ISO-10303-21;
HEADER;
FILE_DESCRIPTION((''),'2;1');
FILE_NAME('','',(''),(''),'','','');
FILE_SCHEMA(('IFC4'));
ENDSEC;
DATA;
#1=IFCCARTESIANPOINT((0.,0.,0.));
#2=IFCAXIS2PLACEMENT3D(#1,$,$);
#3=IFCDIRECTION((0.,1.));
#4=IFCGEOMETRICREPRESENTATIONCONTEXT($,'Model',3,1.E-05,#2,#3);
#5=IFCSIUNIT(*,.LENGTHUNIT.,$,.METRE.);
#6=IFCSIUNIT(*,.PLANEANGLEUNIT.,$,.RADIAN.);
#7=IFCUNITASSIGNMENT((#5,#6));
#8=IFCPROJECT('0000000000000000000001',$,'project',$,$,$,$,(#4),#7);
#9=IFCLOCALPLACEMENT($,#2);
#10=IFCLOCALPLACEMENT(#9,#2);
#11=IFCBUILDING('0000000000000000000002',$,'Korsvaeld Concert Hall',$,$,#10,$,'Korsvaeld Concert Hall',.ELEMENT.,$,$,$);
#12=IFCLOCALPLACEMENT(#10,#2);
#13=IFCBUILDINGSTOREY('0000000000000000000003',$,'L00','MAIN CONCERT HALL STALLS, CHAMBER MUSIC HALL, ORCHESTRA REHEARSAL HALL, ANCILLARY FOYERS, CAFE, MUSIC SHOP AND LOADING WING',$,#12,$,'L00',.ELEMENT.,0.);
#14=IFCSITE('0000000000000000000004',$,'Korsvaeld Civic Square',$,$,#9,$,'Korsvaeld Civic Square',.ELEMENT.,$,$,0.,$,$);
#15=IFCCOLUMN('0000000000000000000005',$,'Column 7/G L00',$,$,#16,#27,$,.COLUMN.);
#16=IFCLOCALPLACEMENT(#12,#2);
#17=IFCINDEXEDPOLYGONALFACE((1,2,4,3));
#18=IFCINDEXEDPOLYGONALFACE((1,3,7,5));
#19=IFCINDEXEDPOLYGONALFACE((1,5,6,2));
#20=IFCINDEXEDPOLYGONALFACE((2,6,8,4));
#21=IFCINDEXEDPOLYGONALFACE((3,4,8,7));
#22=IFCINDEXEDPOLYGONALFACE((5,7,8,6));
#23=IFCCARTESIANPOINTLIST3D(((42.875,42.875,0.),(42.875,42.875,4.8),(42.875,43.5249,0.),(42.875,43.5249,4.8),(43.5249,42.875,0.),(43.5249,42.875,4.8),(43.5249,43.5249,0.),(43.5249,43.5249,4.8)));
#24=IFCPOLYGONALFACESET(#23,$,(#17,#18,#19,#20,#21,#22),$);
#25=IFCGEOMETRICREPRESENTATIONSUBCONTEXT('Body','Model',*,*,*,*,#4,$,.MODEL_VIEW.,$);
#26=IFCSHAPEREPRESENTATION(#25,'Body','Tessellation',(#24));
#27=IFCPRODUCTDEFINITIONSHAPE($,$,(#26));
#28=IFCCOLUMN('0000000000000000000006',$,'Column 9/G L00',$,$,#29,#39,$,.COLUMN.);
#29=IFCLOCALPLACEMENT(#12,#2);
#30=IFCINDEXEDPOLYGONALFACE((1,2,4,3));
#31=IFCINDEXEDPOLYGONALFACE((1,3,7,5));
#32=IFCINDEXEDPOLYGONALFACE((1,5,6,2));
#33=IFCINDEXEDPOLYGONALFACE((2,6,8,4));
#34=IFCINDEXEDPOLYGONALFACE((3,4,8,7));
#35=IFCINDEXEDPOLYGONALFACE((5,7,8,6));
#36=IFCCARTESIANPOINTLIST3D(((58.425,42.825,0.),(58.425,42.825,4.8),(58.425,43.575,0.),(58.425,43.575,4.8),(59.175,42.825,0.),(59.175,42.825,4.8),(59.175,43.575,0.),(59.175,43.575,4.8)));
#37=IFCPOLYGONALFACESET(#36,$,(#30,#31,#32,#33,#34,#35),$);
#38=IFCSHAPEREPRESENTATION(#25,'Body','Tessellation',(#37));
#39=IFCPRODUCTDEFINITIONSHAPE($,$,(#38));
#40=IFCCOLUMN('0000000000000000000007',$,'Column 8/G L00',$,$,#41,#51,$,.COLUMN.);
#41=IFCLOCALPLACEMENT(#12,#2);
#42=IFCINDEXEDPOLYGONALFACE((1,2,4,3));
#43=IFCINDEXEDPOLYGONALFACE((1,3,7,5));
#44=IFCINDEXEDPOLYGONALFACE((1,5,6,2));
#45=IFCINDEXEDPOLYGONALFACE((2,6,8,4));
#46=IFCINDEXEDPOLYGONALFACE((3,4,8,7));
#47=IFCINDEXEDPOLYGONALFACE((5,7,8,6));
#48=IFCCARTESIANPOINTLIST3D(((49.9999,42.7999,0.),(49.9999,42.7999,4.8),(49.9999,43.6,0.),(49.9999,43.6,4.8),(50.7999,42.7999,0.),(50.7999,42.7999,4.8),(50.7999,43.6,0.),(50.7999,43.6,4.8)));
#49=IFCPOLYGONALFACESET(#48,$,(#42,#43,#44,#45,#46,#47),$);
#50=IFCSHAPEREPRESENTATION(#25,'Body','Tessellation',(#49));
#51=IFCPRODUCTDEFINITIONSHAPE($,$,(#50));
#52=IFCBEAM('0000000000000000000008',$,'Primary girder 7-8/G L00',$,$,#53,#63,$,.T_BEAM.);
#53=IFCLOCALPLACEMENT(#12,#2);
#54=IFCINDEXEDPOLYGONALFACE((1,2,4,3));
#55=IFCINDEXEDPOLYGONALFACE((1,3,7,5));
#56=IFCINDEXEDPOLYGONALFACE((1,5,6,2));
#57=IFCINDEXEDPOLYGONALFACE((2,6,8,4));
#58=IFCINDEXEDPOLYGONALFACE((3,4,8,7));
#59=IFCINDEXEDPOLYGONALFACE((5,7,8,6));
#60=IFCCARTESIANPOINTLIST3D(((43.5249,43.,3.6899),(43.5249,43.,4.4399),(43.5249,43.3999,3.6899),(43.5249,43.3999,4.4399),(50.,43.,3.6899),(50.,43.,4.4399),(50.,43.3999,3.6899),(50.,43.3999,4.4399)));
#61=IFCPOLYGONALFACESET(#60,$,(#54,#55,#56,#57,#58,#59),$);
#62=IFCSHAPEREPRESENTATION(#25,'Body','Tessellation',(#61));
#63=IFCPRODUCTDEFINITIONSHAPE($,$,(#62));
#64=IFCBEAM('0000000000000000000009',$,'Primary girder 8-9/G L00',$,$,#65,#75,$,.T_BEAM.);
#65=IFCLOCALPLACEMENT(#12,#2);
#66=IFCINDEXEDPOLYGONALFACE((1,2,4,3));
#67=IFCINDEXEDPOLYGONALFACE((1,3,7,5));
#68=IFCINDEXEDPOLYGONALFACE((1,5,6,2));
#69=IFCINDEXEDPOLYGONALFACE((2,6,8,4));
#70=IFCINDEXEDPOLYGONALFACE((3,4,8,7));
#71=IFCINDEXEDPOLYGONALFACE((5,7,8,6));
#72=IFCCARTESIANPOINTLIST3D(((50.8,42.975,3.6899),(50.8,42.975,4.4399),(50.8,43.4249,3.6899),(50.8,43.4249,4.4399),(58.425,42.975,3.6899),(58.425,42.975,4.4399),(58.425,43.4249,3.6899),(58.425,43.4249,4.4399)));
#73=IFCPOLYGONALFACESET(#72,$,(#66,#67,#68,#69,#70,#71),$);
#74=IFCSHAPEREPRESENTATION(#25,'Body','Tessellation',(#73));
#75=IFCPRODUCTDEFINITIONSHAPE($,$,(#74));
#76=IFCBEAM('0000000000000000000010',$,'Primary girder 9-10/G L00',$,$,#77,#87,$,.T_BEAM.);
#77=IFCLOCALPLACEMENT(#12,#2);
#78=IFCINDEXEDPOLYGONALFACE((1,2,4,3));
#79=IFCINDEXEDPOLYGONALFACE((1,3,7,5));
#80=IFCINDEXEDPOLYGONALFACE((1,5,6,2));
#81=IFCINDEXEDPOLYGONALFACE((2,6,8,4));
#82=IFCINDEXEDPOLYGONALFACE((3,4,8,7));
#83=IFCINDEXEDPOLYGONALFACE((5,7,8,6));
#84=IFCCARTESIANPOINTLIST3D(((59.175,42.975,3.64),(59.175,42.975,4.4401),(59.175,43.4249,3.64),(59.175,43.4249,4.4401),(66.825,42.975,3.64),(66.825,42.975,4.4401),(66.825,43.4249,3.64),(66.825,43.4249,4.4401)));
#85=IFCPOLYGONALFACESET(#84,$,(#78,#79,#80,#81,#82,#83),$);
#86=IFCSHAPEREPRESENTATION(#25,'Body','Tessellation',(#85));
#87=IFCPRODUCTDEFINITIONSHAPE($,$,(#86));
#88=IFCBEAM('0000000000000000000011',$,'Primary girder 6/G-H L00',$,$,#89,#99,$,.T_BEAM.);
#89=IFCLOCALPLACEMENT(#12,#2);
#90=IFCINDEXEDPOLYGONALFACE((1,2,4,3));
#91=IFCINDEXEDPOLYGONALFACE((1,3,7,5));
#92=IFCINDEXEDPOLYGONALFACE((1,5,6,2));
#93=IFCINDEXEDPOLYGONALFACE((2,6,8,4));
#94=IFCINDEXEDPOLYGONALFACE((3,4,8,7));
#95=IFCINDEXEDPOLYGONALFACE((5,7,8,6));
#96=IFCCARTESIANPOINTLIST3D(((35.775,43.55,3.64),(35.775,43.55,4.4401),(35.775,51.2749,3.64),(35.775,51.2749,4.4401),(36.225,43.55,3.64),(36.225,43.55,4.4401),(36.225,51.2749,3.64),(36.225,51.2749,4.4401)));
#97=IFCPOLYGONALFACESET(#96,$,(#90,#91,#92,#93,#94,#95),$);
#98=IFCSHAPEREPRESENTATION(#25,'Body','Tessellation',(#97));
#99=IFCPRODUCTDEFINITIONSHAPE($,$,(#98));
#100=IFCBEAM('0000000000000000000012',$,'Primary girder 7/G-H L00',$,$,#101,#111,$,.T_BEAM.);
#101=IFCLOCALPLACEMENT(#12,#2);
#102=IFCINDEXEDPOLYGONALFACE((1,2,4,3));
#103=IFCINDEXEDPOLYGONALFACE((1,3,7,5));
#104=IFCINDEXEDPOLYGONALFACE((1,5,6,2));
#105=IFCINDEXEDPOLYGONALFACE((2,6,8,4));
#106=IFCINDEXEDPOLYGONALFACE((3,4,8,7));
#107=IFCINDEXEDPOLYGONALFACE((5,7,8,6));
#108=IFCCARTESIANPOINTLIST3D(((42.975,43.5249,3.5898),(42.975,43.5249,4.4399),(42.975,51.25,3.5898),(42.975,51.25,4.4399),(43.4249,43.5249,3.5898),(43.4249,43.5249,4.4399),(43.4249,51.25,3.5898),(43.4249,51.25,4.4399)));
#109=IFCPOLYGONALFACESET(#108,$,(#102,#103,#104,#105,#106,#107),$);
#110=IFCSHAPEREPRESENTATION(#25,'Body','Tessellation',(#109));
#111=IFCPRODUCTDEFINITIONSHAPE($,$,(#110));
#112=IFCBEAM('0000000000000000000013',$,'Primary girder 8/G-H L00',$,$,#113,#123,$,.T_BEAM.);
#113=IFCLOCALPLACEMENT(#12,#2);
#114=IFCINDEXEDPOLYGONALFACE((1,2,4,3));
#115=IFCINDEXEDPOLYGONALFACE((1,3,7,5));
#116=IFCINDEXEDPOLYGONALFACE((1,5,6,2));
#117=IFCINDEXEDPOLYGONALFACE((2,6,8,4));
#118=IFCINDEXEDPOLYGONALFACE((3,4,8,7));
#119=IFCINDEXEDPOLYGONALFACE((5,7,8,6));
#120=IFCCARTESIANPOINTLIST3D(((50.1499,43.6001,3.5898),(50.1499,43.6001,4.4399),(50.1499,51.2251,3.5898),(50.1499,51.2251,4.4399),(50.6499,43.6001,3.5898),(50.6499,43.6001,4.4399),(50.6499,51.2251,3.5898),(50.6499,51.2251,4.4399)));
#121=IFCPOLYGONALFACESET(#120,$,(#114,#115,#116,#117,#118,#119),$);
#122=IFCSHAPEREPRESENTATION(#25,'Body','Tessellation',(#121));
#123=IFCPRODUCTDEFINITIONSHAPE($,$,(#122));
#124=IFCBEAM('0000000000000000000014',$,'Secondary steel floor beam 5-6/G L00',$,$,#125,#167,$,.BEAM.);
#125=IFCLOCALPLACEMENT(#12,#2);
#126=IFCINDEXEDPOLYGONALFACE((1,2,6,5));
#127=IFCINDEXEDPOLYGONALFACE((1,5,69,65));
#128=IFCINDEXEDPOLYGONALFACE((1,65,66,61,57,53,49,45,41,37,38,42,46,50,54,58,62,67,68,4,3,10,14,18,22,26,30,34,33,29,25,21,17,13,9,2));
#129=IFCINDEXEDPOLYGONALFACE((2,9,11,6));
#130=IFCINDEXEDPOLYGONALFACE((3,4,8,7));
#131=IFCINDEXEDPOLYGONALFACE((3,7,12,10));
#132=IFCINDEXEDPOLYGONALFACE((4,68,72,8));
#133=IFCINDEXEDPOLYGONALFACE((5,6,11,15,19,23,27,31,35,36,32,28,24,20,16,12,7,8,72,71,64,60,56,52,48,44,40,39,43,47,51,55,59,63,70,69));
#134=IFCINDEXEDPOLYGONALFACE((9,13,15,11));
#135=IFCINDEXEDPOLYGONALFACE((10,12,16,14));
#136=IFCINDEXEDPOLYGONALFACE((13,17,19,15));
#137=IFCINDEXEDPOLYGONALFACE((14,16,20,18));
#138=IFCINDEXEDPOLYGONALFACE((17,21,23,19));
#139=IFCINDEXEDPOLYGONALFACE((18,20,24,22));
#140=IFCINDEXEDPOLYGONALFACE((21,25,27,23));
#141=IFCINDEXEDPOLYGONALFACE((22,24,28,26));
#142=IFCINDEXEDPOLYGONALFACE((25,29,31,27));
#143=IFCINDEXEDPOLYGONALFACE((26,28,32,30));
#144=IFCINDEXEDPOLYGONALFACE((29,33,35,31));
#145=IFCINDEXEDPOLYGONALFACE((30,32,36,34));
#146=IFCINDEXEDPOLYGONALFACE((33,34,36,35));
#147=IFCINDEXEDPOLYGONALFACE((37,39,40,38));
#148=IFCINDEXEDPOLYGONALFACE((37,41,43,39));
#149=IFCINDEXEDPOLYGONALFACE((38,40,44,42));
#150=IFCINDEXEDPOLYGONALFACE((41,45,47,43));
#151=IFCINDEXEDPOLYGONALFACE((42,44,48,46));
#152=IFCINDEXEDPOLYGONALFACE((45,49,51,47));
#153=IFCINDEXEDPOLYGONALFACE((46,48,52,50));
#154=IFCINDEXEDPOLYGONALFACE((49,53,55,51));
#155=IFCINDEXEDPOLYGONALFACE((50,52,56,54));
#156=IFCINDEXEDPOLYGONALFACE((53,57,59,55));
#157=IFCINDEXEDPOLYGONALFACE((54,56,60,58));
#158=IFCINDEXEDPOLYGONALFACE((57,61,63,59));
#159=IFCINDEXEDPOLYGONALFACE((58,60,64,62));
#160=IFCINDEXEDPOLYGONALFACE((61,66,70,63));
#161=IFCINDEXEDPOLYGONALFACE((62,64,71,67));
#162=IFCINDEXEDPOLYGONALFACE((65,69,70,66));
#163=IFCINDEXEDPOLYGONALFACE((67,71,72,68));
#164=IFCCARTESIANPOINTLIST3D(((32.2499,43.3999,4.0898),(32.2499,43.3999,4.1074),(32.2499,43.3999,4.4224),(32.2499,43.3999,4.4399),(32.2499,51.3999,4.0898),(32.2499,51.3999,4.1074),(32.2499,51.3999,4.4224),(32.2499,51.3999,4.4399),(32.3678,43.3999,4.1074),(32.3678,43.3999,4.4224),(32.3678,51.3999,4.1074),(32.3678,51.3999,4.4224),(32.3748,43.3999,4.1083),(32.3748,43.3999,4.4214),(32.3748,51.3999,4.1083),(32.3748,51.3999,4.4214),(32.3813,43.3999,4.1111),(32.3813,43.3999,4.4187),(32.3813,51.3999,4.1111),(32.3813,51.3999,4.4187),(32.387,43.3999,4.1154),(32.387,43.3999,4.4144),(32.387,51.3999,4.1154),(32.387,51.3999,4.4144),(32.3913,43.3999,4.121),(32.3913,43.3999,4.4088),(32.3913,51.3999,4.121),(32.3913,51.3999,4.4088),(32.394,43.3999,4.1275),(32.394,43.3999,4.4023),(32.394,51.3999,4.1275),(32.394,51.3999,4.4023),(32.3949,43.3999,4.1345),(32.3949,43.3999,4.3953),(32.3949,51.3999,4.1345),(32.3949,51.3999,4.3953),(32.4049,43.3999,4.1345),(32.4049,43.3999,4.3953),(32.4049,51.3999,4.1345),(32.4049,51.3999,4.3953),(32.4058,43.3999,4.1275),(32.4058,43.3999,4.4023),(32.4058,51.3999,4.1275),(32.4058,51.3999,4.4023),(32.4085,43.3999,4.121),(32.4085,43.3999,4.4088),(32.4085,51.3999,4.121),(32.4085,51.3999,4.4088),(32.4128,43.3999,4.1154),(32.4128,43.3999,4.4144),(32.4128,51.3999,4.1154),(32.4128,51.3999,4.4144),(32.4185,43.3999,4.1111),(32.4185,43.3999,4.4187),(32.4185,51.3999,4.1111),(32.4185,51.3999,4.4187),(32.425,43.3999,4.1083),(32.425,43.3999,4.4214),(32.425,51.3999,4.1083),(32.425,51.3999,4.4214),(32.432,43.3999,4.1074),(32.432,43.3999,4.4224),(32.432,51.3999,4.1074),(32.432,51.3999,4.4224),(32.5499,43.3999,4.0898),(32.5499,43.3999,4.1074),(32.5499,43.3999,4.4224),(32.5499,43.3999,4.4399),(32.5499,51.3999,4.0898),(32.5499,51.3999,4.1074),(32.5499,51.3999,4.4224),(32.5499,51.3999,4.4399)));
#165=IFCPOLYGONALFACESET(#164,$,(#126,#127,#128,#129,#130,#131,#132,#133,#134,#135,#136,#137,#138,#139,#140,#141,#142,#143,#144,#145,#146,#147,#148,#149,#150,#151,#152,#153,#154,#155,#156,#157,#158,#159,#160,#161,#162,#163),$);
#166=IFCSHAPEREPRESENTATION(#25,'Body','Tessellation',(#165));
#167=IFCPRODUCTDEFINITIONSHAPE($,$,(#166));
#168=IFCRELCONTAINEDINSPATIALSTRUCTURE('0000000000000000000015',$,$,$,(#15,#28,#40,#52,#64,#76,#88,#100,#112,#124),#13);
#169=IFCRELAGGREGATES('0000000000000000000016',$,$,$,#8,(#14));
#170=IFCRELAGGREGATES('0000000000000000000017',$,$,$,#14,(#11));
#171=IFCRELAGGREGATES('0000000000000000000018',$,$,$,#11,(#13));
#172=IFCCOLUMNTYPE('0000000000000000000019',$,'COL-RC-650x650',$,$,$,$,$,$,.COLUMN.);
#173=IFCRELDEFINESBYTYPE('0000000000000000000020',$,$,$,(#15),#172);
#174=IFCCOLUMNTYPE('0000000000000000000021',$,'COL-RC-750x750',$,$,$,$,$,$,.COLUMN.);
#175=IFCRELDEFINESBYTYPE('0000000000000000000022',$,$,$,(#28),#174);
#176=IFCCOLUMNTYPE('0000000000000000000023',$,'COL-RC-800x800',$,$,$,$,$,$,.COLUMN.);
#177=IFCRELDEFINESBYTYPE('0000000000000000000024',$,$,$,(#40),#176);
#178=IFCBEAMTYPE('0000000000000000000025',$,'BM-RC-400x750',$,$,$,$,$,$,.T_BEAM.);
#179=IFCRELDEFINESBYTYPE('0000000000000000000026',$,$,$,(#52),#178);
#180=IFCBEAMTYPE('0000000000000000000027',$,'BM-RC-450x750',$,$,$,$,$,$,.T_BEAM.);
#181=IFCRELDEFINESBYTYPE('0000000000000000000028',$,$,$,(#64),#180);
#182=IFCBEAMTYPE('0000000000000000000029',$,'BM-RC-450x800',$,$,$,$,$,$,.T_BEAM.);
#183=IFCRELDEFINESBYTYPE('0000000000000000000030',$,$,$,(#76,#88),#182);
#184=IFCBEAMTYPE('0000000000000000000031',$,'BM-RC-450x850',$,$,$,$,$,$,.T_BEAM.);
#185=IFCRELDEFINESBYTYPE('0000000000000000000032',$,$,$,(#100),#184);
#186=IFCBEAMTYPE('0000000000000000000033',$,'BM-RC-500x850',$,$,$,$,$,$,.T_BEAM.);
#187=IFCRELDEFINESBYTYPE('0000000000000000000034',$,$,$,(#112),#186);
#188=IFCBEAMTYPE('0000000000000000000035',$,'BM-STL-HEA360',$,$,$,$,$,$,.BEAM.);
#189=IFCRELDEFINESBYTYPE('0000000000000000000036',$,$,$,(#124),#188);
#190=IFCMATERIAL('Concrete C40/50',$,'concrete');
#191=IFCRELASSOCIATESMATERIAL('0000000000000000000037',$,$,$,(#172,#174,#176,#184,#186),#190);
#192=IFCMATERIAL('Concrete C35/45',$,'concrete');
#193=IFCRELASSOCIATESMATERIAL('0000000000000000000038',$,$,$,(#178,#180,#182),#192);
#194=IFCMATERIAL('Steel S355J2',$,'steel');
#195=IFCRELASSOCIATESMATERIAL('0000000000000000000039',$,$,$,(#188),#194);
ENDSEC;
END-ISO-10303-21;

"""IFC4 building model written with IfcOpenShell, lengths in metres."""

from ifc_helpers import new_model, si_unit, direction, frame, origin, origin_2d, place, context, subcontext, project, spatial, rectangle, i_section, extrude, material, material_profile, profile_set, type_object, element, save


model = new_model("IFC4")

# Units and contexts
model_context = context("Model", 3, precision=1e-05, world=origin(), true_north=direction((0.0, 1.0)))
body_context = subcontext(model_context, "Body", "Model", "MODEL_VIEW")
ifc_project = project(units=[si_unit("LENGTHUNIT", "METRE"), si_unit("PLANEANGLEUNIT", "RADIAN")], contexts=[model_context])

# Site, building, storey
site_placement = place(None, origin())
site = spatial("IfcSite", under=ifc_project, at=site_placement, Name="Korsvaeld Civic Square", LongName="Korsvaeld Civic Square", CompositionType="ELEMENT", RefElevation=0.0)
building_placement = place(site_placement, origin())
building = spatial("IfcBuilding", under=site, at=building_placement, Name="Korsvaeld Concert Hall", LongName="Korsvaeld Concert Hall", CompositionType="ELEMENT")
storey_placement = place(building_placement, origin())
storey = spatial("IfcBuildingStorey", under=building, at=storey_placement, Name="L00", Description="MAIN CONCERT HALL STALLS, CHAMBER MUSIC HALL, ORCHESTRA REHEARSAL HALL, ANCILLARY FOYERS, CAFE, MUSIC SHOP AND LOADING WING", LongName="L00", CompositionType="ELEMENT", Elevation=0.0)

# Columns
ifc_material_1 = material(Name="Concrete C40/50", Category="concrete")
ifc_material_profile_1 = material_profile(ifc_material_1, rectangle(XDim=0.6499, YDim=0.6499, at=origin_2d()), Name="RC 650x650")
ifc_profile_set_1 = profile_set([ifc_material_profile_1], Name="Concrete C40/50")
column_type_1 = type_object("IfcColumnType", Name="COL-RC-650x650", PredefinedType="COLUMN", material=ifc_profile_set_1)
column_1_placement = place(storey_placement, frame((43.2, 43.2, 0.0), z_axis=(0.0, 0.0, 1.0), x_axis=(1.0, 0.0, 0.0)))
element("IfcColumn", 1, at=column_1_placement, inside=storey, type_object=column_type_1, Name="Column 7/G L00", PredefinedType="COLUMN", context=body_context, shape_type="SweptSolid", body=[
    extrude(rectangle(XDim=0.6499, YDim=0.6499, at=origin_2d()), origin(), (0.0, 0.0, 1.0), 4.8),
])
ifc_material_profile_2 = material_profile(ifc_material_1, rectangle(XDim=0.75, YDim=0.75, at=origin_2d()), Name="RC 750x750")
ifc_profile_set_2 = profile_set([ifc_material_profile_2], Name="Concrete C40/50")
column_type_2 = type_object("IfcColumnType", Name="COL-RC-750x750", PredefinedType="COLUMN", material=ifc_profile_set_2)
column_2_placement = place(storey_placement, frame((58.8, 43.2, 0.0), z_axis=(0.0, 0.0, 1.0), x_axis=(1.0, 0.0, 0.0)))
element("IfcColumn", 2, at=column_2_placement, inside=storey, type_object=column_type_2, Name="Column 9/G L00", PredefinedType="COLUMN", context=body_context, shape_type="SweptSolid", body=[
    extrude(rectangle(XDim=0.75, YDim=0.75, at=origin_2d()), origin(), (0.0, 0.0, 1.0), 4.8),
])
ifc_material_profile_3 = material_profile(ifc_material_1, rectangle(XDim=0.8, YDim=0.8, at=origin_2d()), Name="RC 800x800")
ifc_profile_set_3 = profile_set([ifc_material_profile_3], Name="Concrete C40/50")
column_type_3 = type_object("IfcColumnType", Name="COL-RC-800x800", PredefinedType="COLUMN", material=ifc_profile_set_3)
column_3_placement = place(storey_placement, frame((50.3999, 43.2, 0.0), z_axis=(0.0, 0.0, 1.0), x_axis=(1.0, 0.0, 0.0)))
element("IfcColumn", 3, at=column_3_placement, inside=storey, type_object=column_type_3, Name="Column 8/G L00", PredefinedType="COLUMN", context=body_context, shape_type="SweptSolid", body=[
    extrude(rectangle(XDim=0.8, YDim=0.8, at=origin_2d()), origin(), (0.0, 0.0, 1.0), 4.8),
])

# Beams
ifc_material_2 = material(Name="Concrete C35/45", Category="concrete")
ifc_material_profile_4 = material_profile(ifc_material_2, rectangle(XDim=0.3999, YDim=0.75, at=origin_2d()), Name="RC 400x750")
ifc_profile_set_4 = profile_set([ifc_material_profile_4], Name="Concrete C35/45")
beam_type_1 = type_object("IfcBeamType", Name="BM-RC-400x750", PredefinedType="T_BEAM", material=ifc_profile_set_4)
beam_1_placement = place(storey_placement, frame((43.5249, 43.2, 4.0649), z_axis=(1.0, 0.0, 0.0), x_axis=(0.0, 1.0, 0.0)))
element("IfcBeam", 4, at=beam_1_placement, inside=storey, type_object=beam_type_1, Name="Primary girder 7-8/G L00", PredefinedType="T_BEAM", context=body_context, shape_type="SweptSolid", body=[
    extrude(rectangle(XDim=0.3999, YDim=0.75, at=origin_2d()), origin(), (0.0, 0.0, 1.0), 6.4751),
])
ifc_material_profile_5 = material_profile(ifc_material_2, rectangle(XDim=0.45, YDim=0.75, at=origin_2d()), Name="RC 450x750")
ifc_profile_set_5 = profile_set([ifc_material_profile_5], Name="Concrete C35/45")
beam_type_2 = type_object("IfcBeamType", Name="BM-RC-450x750", PredefinedType="T_BEAM", material=ifc_profile_set_5)
beam_2_placement = place(storey_placement, frame((50.8, 43.2, 4.0649), z_axis=(1.0, 0.0, 0.0), x_axis=(0.0, 1.0, 0.0)))
element("IfcBeam", 5, at=beam_2_placement, inside=storey, type_object=beam_type_2, Name="Primary girder 8-9/G L00", PredefinedType="T_BEAM", context=body_context, shape_type="SweptSolid", body=[
    extrude(rectangle(XDim=0.45, YDim=0.75, at=origin_2d()), origin(), (0.0, 0.0, 1.0), 7.625),
])
ifc_material_profile_6 = material_profile(ifc_material_2, rectangle(XDim=0.45, YDim=0.8, at=origin_2d()), Name="RC 450x800")
ifc_profile_set_6 = profile_set([ifc_material_profile_6], Name="Concrete C35/45")
beam_type_3 = type_object("IfcBeamType", Name="BM-RC-450x800", PredefinedType="T_BEAM", material=ifc_profile_set_6)
beam_3_placement = place(storey_placement, frame((59.175, 43.2, 4.04), z_axis=(1.0, 0.0, 0.0), x_axis=(0.0, 1.0, 0.0)))
element("IfcBeam", 6, at=beam_3_placement, inside=storey, type_object=beam_type_3, Name="Primary girder 9-10/G L00", PredefinedType="T_BEAM", context=body_context, shape_type="SweptSolid", body=[
    extrude(rectangle(XDim=0.45, YDim=0.8, at=origin_2d()), origin(), (0.0, 0.0, 1.0), 7.6499),
])
beam_4_placement = place(storey_placement, frame((36.0, 43.55, 4.04), z_axis=(0.0, 1.0, 0.0), x_axis=(-1.0, 0.0, 0.0)))
element("IfcBeam", 7, at=beam_4_placement, inside=storey, type_object=beam_type_3, Name="Primary girder 6/G-H L00", PredefinedType="T_BEAM", context=body_context, shape_type="SweptSolid", body=[
    extrude(rectangle(XDim=0.45, YDim=0.8, at=origin_2d()), origin(), (0.0, 0.0, 1.0), 7.7249),
])
ifc_material_profile_7 = material_profile(ifc_material_1, rectangle(XDim=0.45, YDim=0.8501, at=origin_2d()), Name="RC 450x850")
ifc_profile_set_7 = profile_set([ifc_material_profile_7], Name="Concrete C40/50")
beam_type_4 = type_object("IfcBeamType", Name="BM-RC-450x850", PredefinedType="T_BEAM", material=ifc_profile_set_7)
beam_5_placement = place(storey_placement, frame((43.2, 43.5249, 4.0149), z_axis=(0.0, 1.0, 0.0), x_axis=(-1.0, 0.0, 0.0)))
element("IfcBeam", 8, at=beam_5_placement, inside=storey, type_object=beam_type_4, Name="Primary girder 7/G-H L00", PredefinedType="T_BEAM", context=body_context, shape_type="SweptSolid", body=[
    extrude(rectangle(XDim=0.45, YDim=0.8501, at=origin_2d()), origin(), (0.0, 0.0, 1.0), 7.7251),
])
ifc_material_profile_8 = material_profile(ifc_material_1, rectangle(XDim=0.5, YDim=0.8501, at=origin_2d()), Name="RC 500x850")
ifc_profile_set_8 = profile_set([ifc_material_profile_8], Name="Concrete C40/50")
beam_type_5 = type_object("IfcBeamType", Name="BM-RC-500x850", PredefinedType="T_BEAM", material=ifc_profile_set_8)
beam_6_placement = place(storey_placement, frame((50.3999, 43.6001, 4.0149), z_axis=(0.0, 1.0, 0.0), x_axis=(-1.0, 0.0, 0.0)))
element("IfcBeam", 9, at=beam_6_placement, inside=storey, type_object=beam_type_5, Name="Primary girder 8/G-H L00", PredefinedType="T_BEAM", context=body_context, shape_type="SweptSolid", body=[
    extrude(rectangle(XDim=0.5, YDim=0.8501, at=origin_2d()), origin(), (0.0, 0.0, 1.0), 7.625),
])
ifc_material_3 = material(Name="Steel S355J2", Category="steel")
ifc_material_profile_9 = material_profile(ifc_material_3, i_section(OverallWidth=0.3, OverallDepth=0.3501, WebThickness=0.01, FlangeThickness=0.0176, FilletRadius=0.0271, at=origin_2d()), Name="HEA 360")
ifc_profile_set_9 = profile_set([ifc_material_profile_9], Name="Steel S355J2")
beam_type_6 = type_object("IfcBeamType", Name="BM-STL-HEA360", PredefinedType="BEAM", material=ifc_profile_set_9)
beam_7_placement = place(storey_placement, frame((32.3999, 43.3999, 4.2649), z_axis=(0.0, 1.0, 0.0), x_axis=(-1.0, 0.0, 0.0)))
element("IfcBeam", 10, at=beam_7_placement, inside=storey, type_object=beam_type_6, Name="Secondary steel floor beam 5-6/G L00", PredefinedType="BEAM", context=body_context, shape_type="SweptSolid", body=[
    extrude(i_section(OverallWidth=0.3, OverallDepth=0.3501, WebThickness=0.01, FlangeThickness=0.0176, FilletRadius=0.0271, at=origin_2d()), origin(), (0.0, 0.0, 1.0), 8.0),
])

save(model, "model.ifc")
